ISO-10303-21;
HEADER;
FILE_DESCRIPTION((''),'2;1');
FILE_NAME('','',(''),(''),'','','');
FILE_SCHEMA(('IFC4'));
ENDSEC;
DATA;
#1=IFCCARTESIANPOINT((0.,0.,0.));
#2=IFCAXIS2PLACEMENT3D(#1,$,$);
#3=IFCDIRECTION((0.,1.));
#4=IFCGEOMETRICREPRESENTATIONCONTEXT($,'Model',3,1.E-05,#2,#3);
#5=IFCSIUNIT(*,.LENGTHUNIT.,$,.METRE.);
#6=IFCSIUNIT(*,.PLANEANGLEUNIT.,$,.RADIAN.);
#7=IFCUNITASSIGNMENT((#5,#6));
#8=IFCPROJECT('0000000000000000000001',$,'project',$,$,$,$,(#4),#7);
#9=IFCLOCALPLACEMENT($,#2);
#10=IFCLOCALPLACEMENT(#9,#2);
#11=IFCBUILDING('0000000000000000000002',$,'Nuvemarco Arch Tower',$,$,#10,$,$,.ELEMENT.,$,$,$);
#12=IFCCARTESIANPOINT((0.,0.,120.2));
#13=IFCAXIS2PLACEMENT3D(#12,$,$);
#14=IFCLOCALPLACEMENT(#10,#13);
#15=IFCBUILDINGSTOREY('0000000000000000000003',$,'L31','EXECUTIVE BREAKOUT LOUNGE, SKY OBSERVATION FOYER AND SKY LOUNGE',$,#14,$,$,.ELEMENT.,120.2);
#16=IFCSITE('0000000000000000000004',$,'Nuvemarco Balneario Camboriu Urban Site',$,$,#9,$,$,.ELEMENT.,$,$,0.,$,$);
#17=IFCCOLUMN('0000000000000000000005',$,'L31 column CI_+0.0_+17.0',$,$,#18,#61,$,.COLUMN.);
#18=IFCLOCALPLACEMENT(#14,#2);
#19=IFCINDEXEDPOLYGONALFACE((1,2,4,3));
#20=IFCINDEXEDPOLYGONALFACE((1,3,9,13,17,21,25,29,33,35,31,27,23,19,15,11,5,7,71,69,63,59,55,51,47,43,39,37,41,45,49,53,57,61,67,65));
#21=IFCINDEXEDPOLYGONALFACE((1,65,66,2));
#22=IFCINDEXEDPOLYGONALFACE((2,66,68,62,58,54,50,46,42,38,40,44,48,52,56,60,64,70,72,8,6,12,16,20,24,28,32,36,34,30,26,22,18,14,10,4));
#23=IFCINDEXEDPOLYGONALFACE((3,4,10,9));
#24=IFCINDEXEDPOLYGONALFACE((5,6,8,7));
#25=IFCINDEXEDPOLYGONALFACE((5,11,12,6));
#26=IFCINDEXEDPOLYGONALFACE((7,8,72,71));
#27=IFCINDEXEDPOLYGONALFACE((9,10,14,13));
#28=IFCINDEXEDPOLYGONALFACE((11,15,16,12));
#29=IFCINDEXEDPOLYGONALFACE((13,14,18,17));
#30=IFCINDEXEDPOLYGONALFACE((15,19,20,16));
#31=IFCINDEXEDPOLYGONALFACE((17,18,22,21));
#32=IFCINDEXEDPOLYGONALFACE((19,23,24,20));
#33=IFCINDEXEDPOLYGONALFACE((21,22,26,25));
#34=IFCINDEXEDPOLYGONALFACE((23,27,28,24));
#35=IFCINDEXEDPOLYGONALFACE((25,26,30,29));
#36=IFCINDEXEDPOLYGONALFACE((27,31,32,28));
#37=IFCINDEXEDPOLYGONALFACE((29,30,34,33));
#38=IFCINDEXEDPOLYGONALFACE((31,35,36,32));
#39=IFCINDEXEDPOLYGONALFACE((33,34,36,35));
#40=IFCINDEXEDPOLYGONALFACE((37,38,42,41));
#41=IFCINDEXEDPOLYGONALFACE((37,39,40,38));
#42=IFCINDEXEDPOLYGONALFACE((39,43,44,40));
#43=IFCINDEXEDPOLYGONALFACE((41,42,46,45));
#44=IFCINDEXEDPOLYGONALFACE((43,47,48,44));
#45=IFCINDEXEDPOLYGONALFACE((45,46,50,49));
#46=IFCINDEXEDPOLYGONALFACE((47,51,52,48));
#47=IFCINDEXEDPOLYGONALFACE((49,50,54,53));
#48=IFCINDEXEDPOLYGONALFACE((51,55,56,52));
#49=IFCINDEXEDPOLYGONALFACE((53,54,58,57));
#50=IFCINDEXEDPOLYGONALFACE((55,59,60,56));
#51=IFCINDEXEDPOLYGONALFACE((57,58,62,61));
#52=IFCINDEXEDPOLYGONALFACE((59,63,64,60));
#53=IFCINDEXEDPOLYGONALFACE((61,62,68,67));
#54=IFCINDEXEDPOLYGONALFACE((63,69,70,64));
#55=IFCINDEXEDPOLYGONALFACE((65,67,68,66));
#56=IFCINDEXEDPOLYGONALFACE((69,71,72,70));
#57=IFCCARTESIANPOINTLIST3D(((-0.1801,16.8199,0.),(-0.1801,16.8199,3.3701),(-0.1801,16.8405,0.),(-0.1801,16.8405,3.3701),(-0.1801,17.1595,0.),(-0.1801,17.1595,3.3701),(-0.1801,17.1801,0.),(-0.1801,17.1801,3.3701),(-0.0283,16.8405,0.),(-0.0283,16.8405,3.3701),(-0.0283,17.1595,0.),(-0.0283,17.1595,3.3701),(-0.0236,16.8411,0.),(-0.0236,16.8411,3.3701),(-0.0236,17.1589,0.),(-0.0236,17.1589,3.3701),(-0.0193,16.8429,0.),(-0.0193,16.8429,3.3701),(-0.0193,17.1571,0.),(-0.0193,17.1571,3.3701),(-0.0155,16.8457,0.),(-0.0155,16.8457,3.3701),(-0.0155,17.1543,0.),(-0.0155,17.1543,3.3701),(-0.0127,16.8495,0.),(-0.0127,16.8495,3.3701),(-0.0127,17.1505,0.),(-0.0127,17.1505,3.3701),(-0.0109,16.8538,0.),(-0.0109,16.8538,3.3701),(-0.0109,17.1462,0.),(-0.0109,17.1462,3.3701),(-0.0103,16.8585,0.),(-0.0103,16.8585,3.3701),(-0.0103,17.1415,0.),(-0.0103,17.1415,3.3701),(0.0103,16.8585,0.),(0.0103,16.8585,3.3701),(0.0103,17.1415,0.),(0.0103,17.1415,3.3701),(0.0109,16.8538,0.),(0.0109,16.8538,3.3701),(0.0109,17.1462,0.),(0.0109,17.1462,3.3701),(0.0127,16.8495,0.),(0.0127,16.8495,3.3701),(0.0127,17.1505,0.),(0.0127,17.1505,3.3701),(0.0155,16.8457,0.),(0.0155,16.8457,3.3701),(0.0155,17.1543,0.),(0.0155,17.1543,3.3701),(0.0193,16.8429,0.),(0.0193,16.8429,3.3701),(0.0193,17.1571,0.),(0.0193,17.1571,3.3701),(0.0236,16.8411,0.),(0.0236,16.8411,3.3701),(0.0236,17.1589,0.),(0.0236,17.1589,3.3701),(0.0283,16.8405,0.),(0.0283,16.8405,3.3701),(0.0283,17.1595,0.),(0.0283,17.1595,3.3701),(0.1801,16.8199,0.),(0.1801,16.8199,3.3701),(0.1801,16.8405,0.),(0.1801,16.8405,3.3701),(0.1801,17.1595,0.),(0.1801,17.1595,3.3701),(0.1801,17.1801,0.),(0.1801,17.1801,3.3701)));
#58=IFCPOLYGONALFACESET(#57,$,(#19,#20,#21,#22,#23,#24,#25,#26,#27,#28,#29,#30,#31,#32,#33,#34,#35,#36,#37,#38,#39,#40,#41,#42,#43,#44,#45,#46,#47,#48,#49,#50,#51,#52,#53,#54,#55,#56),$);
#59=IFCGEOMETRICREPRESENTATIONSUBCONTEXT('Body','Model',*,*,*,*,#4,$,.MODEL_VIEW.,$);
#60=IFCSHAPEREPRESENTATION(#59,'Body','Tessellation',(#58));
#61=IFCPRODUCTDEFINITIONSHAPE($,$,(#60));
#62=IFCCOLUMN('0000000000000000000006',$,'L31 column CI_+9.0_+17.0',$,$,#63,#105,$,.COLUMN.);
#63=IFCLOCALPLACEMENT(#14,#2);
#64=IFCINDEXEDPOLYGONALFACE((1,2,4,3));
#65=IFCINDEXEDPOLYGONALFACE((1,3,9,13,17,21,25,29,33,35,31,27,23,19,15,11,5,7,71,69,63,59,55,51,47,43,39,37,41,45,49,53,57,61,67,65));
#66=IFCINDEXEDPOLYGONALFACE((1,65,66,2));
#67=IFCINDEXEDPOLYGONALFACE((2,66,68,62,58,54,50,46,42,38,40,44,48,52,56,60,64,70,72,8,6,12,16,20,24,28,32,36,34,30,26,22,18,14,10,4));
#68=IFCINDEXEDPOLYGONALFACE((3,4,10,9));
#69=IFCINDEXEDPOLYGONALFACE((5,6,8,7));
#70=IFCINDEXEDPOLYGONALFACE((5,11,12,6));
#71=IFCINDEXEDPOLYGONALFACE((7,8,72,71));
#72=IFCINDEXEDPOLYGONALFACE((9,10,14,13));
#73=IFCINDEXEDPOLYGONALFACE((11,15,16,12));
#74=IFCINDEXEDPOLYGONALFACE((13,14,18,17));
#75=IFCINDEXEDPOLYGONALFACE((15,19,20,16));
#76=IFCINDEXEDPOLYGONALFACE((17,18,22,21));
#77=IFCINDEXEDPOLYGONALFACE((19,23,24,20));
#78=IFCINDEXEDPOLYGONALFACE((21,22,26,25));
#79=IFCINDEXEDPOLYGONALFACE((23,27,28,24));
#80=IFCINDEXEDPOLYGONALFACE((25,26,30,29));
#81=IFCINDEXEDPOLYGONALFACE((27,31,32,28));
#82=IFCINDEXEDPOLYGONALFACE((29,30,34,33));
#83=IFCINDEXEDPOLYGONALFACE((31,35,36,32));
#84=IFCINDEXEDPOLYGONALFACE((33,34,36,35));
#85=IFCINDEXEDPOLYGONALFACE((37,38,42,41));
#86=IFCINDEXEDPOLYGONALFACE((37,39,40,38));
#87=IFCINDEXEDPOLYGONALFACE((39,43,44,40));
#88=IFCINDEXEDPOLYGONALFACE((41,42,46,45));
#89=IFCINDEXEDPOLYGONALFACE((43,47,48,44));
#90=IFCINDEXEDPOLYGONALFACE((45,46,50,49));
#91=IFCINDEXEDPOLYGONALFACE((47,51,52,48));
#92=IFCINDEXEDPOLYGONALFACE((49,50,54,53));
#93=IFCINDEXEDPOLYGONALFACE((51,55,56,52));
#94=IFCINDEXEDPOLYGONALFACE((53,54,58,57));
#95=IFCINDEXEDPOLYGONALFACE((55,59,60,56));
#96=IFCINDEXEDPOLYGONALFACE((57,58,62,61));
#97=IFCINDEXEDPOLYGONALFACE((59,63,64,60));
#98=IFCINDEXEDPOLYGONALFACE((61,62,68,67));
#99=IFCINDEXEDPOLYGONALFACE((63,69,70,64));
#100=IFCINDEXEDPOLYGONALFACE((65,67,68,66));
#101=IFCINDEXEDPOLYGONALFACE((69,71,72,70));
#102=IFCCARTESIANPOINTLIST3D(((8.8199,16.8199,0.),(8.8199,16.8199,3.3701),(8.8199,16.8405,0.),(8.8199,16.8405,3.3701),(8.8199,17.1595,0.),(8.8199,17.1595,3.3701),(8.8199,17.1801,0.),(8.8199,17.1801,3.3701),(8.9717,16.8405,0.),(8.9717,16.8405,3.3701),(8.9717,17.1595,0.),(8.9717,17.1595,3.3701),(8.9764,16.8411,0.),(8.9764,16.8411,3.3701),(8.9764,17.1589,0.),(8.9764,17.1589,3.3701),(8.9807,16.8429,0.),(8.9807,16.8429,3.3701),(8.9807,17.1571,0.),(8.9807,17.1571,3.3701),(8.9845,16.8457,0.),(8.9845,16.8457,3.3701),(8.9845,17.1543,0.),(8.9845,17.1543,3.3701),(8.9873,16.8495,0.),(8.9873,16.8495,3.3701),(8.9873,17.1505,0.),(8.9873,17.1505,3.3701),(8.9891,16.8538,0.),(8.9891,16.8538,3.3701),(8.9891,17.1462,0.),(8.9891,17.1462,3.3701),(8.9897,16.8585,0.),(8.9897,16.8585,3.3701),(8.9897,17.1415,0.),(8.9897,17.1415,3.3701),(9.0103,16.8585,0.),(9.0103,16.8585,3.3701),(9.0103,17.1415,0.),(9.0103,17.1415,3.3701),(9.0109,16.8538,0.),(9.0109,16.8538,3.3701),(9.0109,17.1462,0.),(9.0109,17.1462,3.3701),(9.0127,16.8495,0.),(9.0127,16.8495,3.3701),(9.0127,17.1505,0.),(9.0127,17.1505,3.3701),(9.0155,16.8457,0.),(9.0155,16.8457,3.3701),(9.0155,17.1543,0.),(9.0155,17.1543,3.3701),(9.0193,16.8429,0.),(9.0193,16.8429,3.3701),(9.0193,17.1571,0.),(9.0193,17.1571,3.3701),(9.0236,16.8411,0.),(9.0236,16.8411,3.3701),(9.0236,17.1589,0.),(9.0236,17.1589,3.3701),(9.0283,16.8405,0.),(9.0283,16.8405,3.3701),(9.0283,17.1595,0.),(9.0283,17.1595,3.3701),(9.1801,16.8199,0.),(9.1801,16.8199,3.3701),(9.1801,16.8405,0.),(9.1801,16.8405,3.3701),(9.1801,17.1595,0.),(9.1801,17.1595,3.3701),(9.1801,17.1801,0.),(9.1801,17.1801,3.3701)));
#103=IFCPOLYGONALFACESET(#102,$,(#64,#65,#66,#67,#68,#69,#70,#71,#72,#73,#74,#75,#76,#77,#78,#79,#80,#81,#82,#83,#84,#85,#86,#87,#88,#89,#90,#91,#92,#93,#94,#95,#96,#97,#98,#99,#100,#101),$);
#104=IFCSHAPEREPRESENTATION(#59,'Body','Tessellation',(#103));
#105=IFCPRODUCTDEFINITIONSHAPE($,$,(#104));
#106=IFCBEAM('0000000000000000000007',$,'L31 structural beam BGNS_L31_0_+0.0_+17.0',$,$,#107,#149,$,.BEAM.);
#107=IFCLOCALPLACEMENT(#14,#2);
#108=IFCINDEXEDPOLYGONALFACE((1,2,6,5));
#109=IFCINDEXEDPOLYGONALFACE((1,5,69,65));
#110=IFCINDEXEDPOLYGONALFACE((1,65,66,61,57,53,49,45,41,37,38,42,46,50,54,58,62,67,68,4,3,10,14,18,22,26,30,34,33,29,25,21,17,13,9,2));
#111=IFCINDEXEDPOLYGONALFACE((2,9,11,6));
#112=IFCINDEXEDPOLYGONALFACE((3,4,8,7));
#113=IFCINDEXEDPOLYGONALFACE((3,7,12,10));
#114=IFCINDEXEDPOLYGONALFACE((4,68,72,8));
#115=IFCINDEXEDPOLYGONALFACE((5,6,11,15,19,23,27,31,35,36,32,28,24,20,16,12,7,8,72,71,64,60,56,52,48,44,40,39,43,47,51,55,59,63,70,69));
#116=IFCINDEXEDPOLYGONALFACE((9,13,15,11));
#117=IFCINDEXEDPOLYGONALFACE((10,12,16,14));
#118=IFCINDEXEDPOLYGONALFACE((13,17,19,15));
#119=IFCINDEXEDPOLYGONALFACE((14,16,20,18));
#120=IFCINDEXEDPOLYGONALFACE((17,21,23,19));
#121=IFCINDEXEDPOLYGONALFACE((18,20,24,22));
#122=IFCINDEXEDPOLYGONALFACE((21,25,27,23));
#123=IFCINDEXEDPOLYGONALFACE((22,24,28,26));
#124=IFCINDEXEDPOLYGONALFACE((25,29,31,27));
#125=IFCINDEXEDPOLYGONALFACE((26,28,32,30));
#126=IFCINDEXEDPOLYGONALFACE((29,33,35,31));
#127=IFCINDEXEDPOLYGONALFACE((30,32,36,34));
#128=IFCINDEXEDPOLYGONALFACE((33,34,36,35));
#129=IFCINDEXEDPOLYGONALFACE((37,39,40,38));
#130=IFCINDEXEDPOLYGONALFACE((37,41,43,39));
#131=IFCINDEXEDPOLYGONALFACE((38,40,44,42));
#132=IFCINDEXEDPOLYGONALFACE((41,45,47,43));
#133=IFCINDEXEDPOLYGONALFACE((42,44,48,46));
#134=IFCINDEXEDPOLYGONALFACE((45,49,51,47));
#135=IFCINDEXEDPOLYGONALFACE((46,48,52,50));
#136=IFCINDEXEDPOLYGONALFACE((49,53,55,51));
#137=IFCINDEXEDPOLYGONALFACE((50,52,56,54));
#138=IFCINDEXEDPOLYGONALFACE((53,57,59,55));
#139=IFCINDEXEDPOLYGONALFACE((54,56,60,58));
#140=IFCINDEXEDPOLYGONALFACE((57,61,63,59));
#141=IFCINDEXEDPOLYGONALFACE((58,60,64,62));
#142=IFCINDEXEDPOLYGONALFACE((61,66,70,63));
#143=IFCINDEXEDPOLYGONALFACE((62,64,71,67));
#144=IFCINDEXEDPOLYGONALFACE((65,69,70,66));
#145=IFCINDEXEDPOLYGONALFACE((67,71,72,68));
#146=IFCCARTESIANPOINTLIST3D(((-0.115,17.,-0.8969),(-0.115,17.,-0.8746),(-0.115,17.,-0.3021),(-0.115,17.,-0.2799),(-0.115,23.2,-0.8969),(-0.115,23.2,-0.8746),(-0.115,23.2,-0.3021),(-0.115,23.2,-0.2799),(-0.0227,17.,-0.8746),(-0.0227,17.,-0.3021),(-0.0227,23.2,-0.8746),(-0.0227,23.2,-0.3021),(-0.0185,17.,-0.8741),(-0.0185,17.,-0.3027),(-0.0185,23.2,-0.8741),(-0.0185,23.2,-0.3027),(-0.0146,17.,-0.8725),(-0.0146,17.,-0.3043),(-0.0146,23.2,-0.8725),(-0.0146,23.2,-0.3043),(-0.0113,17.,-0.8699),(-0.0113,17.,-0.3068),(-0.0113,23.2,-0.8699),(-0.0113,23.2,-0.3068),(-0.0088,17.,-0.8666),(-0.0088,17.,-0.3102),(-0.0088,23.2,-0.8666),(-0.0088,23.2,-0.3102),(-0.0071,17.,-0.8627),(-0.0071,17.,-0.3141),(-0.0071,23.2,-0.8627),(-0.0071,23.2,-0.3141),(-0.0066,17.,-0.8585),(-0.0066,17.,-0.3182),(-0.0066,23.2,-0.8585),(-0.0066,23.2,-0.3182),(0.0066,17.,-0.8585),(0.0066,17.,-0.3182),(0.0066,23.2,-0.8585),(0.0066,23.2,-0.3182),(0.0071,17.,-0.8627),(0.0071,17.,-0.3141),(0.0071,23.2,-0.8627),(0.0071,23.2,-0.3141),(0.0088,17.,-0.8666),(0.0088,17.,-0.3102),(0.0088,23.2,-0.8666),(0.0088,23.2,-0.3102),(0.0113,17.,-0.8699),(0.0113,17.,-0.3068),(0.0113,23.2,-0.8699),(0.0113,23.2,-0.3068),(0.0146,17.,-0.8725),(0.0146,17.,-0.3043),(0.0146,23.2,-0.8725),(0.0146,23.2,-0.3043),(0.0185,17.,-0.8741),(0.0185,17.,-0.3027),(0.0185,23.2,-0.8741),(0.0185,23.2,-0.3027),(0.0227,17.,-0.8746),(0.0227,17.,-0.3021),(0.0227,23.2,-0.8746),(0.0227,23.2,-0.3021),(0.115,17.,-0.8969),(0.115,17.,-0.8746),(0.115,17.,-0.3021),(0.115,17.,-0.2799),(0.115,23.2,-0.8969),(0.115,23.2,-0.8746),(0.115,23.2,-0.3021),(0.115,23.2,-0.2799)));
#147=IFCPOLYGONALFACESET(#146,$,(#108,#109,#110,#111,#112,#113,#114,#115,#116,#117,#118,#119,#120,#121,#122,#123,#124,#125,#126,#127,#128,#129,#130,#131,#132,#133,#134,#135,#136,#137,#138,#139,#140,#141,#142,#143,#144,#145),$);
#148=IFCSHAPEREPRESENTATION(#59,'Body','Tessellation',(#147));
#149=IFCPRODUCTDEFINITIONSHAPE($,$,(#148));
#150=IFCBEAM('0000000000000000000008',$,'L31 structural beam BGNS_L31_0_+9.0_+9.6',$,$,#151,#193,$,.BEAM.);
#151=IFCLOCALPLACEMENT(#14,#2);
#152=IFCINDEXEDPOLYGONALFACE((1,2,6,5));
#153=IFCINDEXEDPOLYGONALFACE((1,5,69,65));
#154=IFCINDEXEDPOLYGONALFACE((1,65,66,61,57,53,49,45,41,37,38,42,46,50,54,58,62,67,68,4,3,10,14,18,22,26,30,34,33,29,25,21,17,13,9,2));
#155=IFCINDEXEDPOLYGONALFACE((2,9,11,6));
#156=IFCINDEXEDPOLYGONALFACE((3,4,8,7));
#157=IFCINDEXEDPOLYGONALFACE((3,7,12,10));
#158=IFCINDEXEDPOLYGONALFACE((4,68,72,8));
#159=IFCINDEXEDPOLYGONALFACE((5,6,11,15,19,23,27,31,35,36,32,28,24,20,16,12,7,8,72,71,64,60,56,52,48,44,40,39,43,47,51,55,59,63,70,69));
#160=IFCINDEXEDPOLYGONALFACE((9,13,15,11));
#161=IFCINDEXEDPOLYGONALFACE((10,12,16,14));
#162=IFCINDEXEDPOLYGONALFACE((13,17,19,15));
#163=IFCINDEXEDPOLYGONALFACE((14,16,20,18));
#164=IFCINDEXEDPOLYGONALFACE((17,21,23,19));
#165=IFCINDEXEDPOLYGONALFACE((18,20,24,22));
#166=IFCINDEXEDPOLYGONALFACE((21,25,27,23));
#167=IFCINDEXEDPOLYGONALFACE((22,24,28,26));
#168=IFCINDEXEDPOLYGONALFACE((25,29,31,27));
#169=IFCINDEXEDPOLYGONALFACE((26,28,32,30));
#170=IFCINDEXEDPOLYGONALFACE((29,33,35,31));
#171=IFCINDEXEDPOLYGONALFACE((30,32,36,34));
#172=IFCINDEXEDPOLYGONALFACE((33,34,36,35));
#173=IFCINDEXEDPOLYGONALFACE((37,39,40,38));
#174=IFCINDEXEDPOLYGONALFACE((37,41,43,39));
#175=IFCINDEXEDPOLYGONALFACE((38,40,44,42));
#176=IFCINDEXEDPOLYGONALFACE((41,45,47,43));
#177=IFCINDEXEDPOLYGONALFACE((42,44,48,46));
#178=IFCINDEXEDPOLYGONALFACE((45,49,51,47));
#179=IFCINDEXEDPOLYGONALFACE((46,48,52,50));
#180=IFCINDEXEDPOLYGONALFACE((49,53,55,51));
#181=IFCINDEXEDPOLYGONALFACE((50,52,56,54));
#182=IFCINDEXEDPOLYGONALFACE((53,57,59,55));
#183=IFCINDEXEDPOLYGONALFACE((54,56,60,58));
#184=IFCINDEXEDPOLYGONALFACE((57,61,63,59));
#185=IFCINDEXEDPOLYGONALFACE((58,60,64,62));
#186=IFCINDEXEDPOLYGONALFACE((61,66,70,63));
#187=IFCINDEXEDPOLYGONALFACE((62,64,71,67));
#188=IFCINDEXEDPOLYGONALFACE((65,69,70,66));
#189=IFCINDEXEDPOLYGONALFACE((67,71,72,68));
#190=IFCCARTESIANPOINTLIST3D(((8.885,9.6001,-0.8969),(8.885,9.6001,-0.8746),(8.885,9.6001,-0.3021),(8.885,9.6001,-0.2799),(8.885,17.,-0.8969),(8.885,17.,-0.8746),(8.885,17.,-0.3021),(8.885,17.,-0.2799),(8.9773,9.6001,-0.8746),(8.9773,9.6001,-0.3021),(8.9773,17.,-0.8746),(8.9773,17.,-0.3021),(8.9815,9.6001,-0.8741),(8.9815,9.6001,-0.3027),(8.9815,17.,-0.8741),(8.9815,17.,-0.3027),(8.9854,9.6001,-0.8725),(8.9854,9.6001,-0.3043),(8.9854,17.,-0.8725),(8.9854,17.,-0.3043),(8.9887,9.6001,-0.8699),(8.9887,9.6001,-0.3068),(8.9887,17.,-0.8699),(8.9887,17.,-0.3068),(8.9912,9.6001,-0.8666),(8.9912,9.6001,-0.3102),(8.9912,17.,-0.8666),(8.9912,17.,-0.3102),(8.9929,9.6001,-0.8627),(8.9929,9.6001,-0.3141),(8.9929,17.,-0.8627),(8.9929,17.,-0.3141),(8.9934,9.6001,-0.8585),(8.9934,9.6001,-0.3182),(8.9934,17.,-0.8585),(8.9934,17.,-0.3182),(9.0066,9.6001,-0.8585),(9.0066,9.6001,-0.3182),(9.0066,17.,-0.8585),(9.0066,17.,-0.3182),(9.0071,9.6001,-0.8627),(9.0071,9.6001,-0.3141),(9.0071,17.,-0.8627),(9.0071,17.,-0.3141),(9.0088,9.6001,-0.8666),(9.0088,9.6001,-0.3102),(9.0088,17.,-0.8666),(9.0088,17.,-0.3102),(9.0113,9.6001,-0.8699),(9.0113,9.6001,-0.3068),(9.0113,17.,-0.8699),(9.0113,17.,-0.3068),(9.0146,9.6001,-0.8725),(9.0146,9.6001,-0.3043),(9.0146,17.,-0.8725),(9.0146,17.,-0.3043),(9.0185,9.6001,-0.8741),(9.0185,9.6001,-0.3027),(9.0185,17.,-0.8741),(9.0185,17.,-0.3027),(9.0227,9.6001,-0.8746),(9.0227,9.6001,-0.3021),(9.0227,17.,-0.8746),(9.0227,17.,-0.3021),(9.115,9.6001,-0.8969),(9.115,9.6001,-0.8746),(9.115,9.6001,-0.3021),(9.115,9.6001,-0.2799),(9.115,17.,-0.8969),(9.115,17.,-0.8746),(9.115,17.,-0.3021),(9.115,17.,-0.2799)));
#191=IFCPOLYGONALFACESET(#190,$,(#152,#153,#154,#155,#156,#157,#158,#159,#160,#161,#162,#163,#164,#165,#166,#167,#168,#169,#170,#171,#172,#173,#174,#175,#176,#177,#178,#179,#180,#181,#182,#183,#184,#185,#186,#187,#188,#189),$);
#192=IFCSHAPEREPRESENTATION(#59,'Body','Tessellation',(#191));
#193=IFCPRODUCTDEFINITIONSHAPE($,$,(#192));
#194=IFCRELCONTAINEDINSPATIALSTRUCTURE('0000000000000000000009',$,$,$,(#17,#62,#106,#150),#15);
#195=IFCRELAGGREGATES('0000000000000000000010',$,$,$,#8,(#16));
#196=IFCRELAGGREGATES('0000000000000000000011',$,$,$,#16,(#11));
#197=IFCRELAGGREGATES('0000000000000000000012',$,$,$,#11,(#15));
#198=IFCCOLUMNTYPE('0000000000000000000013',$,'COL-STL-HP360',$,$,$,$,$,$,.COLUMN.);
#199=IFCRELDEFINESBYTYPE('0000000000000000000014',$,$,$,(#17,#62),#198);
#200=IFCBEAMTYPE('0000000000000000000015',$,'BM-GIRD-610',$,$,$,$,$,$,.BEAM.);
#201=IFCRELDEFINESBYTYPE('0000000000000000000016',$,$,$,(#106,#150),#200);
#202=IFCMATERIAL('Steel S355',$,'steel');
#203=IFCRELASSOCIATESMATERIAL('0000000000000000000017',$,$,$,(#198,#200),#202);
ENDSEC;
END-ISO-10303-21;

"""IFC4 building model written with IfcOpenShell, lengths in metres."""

from ifc_helpers import new_model, si_unit, direction, frame, origin, origin_2d, place, context, subcontext, project, spatial, i_section, extrude, material, material_profile, profile_set, type_object, element, save


model = new_model("IFC4")

# Units and contexts
model_context = context("Model", 3, precision=1e-05, world=origin(), true_north=direction((0.0, 1.0)))
body_context = subcontext(model_context, "Body", "Model", "MODEL_VIEW")
ifc_project = project(units=[si_unit("LENGTHUNIT", "METRE"), si_unit("PLANEANGLEUNIT", "RADIAN")], contexts=[model_context])

# Site, building, storey
site_placement = place(None, origin())
site = spatial("IfcSite", under=ifc_project, at=site_placement, Name="Nuvemarco Balneario Camboriu Urban Site", CompositionType="ELEMENT", RefElevation=0.0)
building_placement = place(site_placement, origin())
building = spatial("IfcBuilding", under=site, at=building_placement, Name="Nuvemarco Arch Tower", CompositionType="ELEMENT")
storey_placement = place(building_placement, frame((0.0, 0.0, 120.2)))
storey = spatial("IfcBuildingStorey", under=building, at=storey_placement, Name="L31", Description="EXECUTIVE BREAKOUT LOUNGE, SKY OBSERVATION FOYER AND SKY LOUNGE", CompositionType="ELEMENT", Elevation=120.2)

# Columns
ifc_material_1 = material(Name="Steel S355", Category="steel")
ifc_material_profile_1 = material_profile(ifc_material_1, i_section(OverallWidth=0.3601, OverallDepth=0.3601, WebThickness=0.0205, FlangeThickness=0.0205, FilletRadius=0.0181, at=origin_2d()), Name="HP360x174")
ifc_profile_set_1 = profile_set([ifc_material_profile_1], Name="Steel S355")
column_type_1 = type_object("IfcColumnType", Name="COL-STL-HP360", PredefinedType="COLUMN", material=ifc_profile_set_1)
for number, where, z_axis, x_axis, name in (
    (1, (0.0, 17.0, 0.0), (0.0, 0.0, 1.0), (1.0, 0.0, 0.0), "L31 column CI_+0.0_+17.0"),
    (2, (9.0, 17.0, 0.0), (0.0, 0.0, 1.0), (1.0, 0.0, 0.0), "L31 column CI_+9.0_+17.0"),
):
    element("IfcColumn", number, at=place(storey_placement, frame(where, z_axis=z_axis, x_axis=x_axis)), inside=storey, type_object=column_type_1, Name=name, PredefinedType="COLUMN", context=body_context, shape_type="SweptSolid", body=[
        extrude(i_section(OverallWidth=0.3601, OverallDepth=0.3601, WebThickness=0.0205, FlangeThickness=0.0205, FilletRadius=0.0181, at=origin_2d()), origin(), (0.0, 0.0, 1.0), 3.3701),
    ])

# Beams
ifc_material_profile_2 = material_profile(ifc_material_1, i_section(OverallWidth=0.23, OverallDepth=0.6169, WebThickness=0.0132, FlangeThickness=0.0222, FilletRadius=0.0161, at=origin_2d()), Name="W610x140")
ifc_profile_set_2 = profile_set([ifc_material_profile_2], Name="Steel S355")
beam_type_1 = type_object("IfcBeamType", Name="BM-GIRD-610", PredefinedType="BEAM", material=ifc_profile_set_2)
beam_1_placement = place(storey_placement, frame((0.0, 17.0, -0.5884), z_axis=(0.0, 1.0, 0.0), x_axis=(-1.0, 0.0, 0.0)))
element("IfcBeam", 3, at=beam_1_placement, inside=storey, type_object=beam_type_1, Name="L31 structural beam BGNS_L31_0_+0.0_+17.0", PredefinedType="BEAM", context=body_context, shape_type="SweptSolid", body=[
    extrude(i_section(OverallWidth=0.23, OverallDepth=0.6169, WebThickness=0.0132, FlangeThickness=0.0222, FilletRadius=0.0161, at=origin_2d()), origin(), (0.0, 0.0, 1.0), 6.2),
])
beam_2_placement = place(storey_placement, frame((9.0, 9.6001, -0.5884), z_axis=(0.0, 1.0, 0.0), x_axis=(-1.0, 0.0, 0.0)))
element("IfcBeam", 4, at=beam_2_placement, inside=storey, type_object=beam_type_1, Name="L31 structural beam BGNS_L31_0_+9.0_+9.6", PredefinedType="BEAM", context=body_context, shape_type="SweptSolid", body=[
    extrude(i_section(OverallWidth=0.23, OverallDepth=0.6169, WebThickness=0.0132, FlangeThickness=0.0222, FilletRadius=0.0161, at=origin_2d()), origin(), (0.0, 0.0, 1.0), 7.3999),
])

save(model, "model.ifc")
